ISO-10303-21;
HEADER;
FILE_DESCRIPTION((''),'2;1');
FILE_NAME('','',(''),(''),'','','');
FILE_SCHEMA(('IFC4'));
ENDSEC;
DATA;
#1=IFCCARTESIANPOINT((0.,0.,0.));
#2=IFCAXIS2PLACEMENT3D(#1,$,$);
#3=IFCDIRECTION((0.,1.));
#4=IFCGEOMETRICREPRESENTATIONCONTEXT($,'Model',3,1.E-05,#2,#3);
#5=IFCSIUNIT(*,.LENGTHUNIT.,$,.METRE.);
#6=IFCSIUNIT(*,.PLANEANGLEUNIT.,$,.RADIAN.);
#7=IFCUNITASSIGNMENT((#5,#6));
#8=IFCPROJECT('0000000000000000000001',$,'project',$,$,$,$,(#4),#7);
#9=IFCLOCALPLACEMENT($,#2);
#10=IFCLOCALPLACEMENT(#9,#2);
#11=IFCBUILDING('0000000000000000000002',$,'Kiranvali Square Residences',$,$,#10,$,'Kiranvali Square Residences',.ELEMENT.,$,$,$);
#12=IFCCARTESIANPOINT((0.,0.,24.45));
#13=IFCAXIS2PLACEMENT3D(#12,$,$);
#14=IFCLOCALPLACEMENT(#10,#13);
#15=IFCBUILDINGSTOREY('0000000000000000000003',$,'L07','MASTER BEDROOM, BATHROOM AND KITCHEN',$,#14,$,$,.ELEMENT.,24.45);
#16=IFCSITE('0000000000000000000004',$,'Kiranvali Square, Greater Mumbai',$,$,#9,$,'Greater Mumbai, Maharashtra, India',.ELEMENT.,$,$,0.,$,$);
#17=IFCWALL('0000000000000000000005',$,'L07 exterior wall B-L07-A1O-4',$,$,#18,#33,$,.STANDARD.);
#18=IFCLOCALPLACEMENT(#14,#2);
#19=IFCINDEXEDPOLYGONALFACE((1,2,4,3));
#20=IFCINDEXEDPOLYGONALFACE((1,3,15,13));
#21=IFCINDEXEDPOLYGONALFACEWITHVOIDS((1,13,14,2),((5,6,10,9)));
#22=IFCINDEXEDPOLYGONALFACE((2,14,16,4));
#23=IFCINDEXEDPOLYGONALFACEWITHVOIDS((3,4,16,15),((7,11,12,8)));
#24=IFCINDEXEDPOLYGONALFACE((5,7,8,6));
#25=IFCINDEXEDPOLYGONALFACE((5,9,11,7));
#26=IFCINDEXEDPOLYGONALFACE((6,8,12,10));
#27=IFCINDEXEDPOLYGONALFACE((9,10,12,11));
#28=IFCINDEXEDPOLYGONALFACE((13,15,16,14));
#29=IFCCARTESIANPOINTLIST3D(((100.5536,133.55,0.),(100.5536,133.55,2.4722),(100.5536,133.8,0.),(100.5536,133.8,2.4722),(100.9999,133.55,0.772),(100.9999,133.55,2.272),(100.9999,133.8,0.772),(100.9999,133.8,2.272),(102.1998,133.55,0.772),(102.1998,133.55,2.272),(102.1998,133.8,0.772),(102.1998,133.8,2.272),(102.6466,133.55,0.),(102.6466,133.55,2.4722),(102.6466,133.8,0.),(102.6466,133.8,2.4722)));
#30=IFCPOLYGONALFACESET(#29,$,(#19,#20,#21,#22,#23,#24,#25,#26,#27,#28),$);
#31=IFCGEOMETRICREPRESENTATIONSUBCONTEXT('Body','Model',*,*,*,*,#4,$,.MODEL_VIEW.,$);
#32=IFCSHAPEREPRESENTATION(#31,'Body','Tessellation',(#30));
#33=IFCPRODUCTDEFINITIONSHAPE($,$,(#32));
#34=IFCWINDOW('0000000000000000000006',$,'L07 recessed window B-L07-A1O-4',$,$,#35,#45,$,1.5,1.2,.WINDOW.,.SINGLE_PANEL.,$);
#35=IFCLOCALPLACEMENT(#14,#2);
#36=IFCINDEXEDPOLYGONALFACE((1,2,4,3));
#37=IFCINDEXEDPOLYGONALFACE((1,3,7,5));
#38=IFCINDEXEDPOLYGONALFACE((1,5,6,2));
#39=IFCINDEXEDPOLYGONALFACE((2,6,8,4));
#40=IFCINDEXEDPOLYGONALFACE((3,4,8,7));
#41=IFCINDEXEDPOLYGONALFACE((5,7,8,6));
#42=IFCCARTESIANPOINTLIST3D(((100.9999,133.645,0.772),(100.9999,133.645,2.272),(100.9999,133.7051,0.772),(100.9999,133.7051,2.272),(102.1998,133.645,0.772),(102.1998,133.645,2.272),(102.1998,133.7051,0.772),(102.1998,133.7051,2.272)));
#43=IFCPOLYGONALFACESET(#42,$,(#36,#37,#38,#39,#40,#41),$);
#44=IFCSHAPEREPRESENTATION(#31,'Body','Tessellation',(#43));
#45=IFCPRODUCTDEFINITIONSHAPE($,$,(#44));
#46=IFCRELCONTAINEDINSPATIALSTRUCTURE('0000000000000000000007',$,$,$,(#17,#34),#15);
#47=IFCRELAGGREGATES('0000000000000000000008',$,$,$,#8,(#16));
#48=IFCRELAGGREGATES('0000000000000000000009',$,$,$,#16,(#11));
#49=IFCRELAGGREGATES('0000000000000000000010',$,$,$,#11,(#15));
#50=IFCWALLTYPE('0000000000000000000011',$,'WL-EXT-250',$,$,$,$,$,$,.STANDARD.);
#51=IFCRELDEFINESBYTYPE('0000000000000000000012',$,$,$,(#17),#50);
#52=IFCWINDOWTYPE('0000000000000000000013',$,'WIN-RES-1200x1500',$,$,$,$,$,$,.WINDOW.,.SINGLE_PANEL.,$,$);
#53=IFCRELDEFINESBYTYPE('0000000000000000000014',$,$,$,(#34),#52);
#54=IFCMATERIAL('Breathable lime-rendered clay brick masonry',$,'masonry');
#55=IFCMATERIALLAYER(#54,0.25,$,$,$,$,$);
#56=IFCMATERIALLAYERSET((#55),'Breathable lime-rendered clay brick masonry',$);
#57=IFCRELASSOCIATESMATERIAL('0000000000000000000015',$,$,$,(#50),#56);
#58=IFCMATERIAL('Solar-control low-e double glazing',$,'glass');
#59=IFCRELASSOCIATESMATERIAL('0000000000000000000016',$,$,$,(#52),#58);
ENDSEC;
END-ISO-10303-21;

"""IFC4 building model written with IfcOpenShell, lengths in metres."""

from ifc_helpers import new_model, si_unit, direction, frame, frame_2d, origin, place, context, subcontext, project, spatial, rectangle, extrude, material, layer, layer_set, type_object, element, fill, save


model = new_model("IFC4")

# Units and contexts
model_context = context("Model", 3, precision=1e-05, world=origin(), true_north=direction((0.0, 1.0)))
body_context = subcontext(model_context, "Body", "Model", "MODEL_VIEW")
ifc_project = project(units=[si_unit("LENGTHUNIT", "METRE"), si_unit("PLANEANGLEUNIT", "RADIAN")], contexts=[model_context])

# Site, building, storey
site_placement = place(None, origin())
site = spatial("IfcSite", under=ifc_project, at=site_placement, Name="Kiranvali Square, Greater Mumbai", LongName="Greater Mumbai, Maharashtra, India", CompositionType="ELEMENT", RefElevation=0.0)
building_placement = place(site_placement, origin())
building = spatial("IfcBuilding", under=site, at=building_placement, Name="Kiranvali Square Residences", LongName="Kiranvali Square Residences", CompositionType="ELEMENT")
storey_placement = place(building_placement, frame((0.0, 0.0, 24.45)))
storey = spatial("IfcBuildingStorey", under=building, at=storey_placement, Name="L07", Description="MASTER BEDROOM, BATHROOM AND KITCHEN", CompositionType="ELEMENT", Elevation=24.45)

# Wall, opening, window
ifc_material_1 = material(Name="Breathable lime-rendered clay brick masonry", Category="masonry")
ifc_layer = layer(ifc_material_1, 0.25)
ifc_layer_set = layer_set([ifc_layer], Name="Breathable lime-rendered clay brick masonry")
wall_type = type_object("IfcWallType", Name="WL-EXT-250", PredefinedType="STANDARD", material=ifc_layer_set)
wall_placement = place(storey_placement, frame((102.6465, 133.675, 0.0), z_axis=(0.0, 0.0, 1.0), x_axis=(-1.0, 0.0, 0.0)))
wall = element("IfcWall", 1, at=wall_placement, inside=storey, type_object=wall_type, Name="L07 exterior wall B-L07-A1O-4", PredefinedType="STANDARD", context=body_context, shape_type="SweptSolid", body=[
    extrude(rectangle(XDim=2.093, YDim=0.25, at=frame_2d((1.0464, 0.0))), origin(), (0.0, 0.0, 1.0), 2.4722),
])
opening_placement = place(wall_placement, frame((0.4465, 0.0, 0.772)))
opening = element("IfcOpeningElement", 2, at=opening_placement, cuts=wall, PredefinedType="OPENING", context=body_context, shape_type="SweptSolid", body=[
    extrude(rectangle(XDim=1.2, YDim=1.5, at=frame_2d((0.6001, 0.75))), frame((0.0, 0.135, 0.0), z_axis=(0.0, -1.0, 0.0), x_axis=(1.0, 0.0, 0.0)), (0.0, 0.0, 1.0), 0.27),
])
ifc_material_2 = material(Name="Solar-control low-e double glazing", Category="glass")
window_type = type_object("IfcWindowType", Name="WIN-RES-1200x1500", PartitioningType="SINGLE_PANEL", PredefinedType="WINDOW", material=ifc_material_2)
window_placement = place(opening_placement, origin())
window = element("IfcWindow", 3, at=window_placement, inside=storey, type_object=window_type, Name="L07 recessed window B-L07-A1O-4", OverallHeight=1.5, OverallWidth=1.2, PartitioningType="SINGLE_PANEL", PredefinedType="WINDOW", context=body_context, shape_type="SweptSolid", body=[
    extrude(rectangle(XDim=1.2, YDim=1.5, at=frame_2d((0.6001, 0.75))), frame((0.0, 0.03, 0.0), z_axis=(0.0, -1.0, 0.0), x_axis=(1.0, 0.0, 0.0)), (0.0, 0.0, 1.0), 0.0601),
])
fill(opening, window)

save(model, "model.ifc")
